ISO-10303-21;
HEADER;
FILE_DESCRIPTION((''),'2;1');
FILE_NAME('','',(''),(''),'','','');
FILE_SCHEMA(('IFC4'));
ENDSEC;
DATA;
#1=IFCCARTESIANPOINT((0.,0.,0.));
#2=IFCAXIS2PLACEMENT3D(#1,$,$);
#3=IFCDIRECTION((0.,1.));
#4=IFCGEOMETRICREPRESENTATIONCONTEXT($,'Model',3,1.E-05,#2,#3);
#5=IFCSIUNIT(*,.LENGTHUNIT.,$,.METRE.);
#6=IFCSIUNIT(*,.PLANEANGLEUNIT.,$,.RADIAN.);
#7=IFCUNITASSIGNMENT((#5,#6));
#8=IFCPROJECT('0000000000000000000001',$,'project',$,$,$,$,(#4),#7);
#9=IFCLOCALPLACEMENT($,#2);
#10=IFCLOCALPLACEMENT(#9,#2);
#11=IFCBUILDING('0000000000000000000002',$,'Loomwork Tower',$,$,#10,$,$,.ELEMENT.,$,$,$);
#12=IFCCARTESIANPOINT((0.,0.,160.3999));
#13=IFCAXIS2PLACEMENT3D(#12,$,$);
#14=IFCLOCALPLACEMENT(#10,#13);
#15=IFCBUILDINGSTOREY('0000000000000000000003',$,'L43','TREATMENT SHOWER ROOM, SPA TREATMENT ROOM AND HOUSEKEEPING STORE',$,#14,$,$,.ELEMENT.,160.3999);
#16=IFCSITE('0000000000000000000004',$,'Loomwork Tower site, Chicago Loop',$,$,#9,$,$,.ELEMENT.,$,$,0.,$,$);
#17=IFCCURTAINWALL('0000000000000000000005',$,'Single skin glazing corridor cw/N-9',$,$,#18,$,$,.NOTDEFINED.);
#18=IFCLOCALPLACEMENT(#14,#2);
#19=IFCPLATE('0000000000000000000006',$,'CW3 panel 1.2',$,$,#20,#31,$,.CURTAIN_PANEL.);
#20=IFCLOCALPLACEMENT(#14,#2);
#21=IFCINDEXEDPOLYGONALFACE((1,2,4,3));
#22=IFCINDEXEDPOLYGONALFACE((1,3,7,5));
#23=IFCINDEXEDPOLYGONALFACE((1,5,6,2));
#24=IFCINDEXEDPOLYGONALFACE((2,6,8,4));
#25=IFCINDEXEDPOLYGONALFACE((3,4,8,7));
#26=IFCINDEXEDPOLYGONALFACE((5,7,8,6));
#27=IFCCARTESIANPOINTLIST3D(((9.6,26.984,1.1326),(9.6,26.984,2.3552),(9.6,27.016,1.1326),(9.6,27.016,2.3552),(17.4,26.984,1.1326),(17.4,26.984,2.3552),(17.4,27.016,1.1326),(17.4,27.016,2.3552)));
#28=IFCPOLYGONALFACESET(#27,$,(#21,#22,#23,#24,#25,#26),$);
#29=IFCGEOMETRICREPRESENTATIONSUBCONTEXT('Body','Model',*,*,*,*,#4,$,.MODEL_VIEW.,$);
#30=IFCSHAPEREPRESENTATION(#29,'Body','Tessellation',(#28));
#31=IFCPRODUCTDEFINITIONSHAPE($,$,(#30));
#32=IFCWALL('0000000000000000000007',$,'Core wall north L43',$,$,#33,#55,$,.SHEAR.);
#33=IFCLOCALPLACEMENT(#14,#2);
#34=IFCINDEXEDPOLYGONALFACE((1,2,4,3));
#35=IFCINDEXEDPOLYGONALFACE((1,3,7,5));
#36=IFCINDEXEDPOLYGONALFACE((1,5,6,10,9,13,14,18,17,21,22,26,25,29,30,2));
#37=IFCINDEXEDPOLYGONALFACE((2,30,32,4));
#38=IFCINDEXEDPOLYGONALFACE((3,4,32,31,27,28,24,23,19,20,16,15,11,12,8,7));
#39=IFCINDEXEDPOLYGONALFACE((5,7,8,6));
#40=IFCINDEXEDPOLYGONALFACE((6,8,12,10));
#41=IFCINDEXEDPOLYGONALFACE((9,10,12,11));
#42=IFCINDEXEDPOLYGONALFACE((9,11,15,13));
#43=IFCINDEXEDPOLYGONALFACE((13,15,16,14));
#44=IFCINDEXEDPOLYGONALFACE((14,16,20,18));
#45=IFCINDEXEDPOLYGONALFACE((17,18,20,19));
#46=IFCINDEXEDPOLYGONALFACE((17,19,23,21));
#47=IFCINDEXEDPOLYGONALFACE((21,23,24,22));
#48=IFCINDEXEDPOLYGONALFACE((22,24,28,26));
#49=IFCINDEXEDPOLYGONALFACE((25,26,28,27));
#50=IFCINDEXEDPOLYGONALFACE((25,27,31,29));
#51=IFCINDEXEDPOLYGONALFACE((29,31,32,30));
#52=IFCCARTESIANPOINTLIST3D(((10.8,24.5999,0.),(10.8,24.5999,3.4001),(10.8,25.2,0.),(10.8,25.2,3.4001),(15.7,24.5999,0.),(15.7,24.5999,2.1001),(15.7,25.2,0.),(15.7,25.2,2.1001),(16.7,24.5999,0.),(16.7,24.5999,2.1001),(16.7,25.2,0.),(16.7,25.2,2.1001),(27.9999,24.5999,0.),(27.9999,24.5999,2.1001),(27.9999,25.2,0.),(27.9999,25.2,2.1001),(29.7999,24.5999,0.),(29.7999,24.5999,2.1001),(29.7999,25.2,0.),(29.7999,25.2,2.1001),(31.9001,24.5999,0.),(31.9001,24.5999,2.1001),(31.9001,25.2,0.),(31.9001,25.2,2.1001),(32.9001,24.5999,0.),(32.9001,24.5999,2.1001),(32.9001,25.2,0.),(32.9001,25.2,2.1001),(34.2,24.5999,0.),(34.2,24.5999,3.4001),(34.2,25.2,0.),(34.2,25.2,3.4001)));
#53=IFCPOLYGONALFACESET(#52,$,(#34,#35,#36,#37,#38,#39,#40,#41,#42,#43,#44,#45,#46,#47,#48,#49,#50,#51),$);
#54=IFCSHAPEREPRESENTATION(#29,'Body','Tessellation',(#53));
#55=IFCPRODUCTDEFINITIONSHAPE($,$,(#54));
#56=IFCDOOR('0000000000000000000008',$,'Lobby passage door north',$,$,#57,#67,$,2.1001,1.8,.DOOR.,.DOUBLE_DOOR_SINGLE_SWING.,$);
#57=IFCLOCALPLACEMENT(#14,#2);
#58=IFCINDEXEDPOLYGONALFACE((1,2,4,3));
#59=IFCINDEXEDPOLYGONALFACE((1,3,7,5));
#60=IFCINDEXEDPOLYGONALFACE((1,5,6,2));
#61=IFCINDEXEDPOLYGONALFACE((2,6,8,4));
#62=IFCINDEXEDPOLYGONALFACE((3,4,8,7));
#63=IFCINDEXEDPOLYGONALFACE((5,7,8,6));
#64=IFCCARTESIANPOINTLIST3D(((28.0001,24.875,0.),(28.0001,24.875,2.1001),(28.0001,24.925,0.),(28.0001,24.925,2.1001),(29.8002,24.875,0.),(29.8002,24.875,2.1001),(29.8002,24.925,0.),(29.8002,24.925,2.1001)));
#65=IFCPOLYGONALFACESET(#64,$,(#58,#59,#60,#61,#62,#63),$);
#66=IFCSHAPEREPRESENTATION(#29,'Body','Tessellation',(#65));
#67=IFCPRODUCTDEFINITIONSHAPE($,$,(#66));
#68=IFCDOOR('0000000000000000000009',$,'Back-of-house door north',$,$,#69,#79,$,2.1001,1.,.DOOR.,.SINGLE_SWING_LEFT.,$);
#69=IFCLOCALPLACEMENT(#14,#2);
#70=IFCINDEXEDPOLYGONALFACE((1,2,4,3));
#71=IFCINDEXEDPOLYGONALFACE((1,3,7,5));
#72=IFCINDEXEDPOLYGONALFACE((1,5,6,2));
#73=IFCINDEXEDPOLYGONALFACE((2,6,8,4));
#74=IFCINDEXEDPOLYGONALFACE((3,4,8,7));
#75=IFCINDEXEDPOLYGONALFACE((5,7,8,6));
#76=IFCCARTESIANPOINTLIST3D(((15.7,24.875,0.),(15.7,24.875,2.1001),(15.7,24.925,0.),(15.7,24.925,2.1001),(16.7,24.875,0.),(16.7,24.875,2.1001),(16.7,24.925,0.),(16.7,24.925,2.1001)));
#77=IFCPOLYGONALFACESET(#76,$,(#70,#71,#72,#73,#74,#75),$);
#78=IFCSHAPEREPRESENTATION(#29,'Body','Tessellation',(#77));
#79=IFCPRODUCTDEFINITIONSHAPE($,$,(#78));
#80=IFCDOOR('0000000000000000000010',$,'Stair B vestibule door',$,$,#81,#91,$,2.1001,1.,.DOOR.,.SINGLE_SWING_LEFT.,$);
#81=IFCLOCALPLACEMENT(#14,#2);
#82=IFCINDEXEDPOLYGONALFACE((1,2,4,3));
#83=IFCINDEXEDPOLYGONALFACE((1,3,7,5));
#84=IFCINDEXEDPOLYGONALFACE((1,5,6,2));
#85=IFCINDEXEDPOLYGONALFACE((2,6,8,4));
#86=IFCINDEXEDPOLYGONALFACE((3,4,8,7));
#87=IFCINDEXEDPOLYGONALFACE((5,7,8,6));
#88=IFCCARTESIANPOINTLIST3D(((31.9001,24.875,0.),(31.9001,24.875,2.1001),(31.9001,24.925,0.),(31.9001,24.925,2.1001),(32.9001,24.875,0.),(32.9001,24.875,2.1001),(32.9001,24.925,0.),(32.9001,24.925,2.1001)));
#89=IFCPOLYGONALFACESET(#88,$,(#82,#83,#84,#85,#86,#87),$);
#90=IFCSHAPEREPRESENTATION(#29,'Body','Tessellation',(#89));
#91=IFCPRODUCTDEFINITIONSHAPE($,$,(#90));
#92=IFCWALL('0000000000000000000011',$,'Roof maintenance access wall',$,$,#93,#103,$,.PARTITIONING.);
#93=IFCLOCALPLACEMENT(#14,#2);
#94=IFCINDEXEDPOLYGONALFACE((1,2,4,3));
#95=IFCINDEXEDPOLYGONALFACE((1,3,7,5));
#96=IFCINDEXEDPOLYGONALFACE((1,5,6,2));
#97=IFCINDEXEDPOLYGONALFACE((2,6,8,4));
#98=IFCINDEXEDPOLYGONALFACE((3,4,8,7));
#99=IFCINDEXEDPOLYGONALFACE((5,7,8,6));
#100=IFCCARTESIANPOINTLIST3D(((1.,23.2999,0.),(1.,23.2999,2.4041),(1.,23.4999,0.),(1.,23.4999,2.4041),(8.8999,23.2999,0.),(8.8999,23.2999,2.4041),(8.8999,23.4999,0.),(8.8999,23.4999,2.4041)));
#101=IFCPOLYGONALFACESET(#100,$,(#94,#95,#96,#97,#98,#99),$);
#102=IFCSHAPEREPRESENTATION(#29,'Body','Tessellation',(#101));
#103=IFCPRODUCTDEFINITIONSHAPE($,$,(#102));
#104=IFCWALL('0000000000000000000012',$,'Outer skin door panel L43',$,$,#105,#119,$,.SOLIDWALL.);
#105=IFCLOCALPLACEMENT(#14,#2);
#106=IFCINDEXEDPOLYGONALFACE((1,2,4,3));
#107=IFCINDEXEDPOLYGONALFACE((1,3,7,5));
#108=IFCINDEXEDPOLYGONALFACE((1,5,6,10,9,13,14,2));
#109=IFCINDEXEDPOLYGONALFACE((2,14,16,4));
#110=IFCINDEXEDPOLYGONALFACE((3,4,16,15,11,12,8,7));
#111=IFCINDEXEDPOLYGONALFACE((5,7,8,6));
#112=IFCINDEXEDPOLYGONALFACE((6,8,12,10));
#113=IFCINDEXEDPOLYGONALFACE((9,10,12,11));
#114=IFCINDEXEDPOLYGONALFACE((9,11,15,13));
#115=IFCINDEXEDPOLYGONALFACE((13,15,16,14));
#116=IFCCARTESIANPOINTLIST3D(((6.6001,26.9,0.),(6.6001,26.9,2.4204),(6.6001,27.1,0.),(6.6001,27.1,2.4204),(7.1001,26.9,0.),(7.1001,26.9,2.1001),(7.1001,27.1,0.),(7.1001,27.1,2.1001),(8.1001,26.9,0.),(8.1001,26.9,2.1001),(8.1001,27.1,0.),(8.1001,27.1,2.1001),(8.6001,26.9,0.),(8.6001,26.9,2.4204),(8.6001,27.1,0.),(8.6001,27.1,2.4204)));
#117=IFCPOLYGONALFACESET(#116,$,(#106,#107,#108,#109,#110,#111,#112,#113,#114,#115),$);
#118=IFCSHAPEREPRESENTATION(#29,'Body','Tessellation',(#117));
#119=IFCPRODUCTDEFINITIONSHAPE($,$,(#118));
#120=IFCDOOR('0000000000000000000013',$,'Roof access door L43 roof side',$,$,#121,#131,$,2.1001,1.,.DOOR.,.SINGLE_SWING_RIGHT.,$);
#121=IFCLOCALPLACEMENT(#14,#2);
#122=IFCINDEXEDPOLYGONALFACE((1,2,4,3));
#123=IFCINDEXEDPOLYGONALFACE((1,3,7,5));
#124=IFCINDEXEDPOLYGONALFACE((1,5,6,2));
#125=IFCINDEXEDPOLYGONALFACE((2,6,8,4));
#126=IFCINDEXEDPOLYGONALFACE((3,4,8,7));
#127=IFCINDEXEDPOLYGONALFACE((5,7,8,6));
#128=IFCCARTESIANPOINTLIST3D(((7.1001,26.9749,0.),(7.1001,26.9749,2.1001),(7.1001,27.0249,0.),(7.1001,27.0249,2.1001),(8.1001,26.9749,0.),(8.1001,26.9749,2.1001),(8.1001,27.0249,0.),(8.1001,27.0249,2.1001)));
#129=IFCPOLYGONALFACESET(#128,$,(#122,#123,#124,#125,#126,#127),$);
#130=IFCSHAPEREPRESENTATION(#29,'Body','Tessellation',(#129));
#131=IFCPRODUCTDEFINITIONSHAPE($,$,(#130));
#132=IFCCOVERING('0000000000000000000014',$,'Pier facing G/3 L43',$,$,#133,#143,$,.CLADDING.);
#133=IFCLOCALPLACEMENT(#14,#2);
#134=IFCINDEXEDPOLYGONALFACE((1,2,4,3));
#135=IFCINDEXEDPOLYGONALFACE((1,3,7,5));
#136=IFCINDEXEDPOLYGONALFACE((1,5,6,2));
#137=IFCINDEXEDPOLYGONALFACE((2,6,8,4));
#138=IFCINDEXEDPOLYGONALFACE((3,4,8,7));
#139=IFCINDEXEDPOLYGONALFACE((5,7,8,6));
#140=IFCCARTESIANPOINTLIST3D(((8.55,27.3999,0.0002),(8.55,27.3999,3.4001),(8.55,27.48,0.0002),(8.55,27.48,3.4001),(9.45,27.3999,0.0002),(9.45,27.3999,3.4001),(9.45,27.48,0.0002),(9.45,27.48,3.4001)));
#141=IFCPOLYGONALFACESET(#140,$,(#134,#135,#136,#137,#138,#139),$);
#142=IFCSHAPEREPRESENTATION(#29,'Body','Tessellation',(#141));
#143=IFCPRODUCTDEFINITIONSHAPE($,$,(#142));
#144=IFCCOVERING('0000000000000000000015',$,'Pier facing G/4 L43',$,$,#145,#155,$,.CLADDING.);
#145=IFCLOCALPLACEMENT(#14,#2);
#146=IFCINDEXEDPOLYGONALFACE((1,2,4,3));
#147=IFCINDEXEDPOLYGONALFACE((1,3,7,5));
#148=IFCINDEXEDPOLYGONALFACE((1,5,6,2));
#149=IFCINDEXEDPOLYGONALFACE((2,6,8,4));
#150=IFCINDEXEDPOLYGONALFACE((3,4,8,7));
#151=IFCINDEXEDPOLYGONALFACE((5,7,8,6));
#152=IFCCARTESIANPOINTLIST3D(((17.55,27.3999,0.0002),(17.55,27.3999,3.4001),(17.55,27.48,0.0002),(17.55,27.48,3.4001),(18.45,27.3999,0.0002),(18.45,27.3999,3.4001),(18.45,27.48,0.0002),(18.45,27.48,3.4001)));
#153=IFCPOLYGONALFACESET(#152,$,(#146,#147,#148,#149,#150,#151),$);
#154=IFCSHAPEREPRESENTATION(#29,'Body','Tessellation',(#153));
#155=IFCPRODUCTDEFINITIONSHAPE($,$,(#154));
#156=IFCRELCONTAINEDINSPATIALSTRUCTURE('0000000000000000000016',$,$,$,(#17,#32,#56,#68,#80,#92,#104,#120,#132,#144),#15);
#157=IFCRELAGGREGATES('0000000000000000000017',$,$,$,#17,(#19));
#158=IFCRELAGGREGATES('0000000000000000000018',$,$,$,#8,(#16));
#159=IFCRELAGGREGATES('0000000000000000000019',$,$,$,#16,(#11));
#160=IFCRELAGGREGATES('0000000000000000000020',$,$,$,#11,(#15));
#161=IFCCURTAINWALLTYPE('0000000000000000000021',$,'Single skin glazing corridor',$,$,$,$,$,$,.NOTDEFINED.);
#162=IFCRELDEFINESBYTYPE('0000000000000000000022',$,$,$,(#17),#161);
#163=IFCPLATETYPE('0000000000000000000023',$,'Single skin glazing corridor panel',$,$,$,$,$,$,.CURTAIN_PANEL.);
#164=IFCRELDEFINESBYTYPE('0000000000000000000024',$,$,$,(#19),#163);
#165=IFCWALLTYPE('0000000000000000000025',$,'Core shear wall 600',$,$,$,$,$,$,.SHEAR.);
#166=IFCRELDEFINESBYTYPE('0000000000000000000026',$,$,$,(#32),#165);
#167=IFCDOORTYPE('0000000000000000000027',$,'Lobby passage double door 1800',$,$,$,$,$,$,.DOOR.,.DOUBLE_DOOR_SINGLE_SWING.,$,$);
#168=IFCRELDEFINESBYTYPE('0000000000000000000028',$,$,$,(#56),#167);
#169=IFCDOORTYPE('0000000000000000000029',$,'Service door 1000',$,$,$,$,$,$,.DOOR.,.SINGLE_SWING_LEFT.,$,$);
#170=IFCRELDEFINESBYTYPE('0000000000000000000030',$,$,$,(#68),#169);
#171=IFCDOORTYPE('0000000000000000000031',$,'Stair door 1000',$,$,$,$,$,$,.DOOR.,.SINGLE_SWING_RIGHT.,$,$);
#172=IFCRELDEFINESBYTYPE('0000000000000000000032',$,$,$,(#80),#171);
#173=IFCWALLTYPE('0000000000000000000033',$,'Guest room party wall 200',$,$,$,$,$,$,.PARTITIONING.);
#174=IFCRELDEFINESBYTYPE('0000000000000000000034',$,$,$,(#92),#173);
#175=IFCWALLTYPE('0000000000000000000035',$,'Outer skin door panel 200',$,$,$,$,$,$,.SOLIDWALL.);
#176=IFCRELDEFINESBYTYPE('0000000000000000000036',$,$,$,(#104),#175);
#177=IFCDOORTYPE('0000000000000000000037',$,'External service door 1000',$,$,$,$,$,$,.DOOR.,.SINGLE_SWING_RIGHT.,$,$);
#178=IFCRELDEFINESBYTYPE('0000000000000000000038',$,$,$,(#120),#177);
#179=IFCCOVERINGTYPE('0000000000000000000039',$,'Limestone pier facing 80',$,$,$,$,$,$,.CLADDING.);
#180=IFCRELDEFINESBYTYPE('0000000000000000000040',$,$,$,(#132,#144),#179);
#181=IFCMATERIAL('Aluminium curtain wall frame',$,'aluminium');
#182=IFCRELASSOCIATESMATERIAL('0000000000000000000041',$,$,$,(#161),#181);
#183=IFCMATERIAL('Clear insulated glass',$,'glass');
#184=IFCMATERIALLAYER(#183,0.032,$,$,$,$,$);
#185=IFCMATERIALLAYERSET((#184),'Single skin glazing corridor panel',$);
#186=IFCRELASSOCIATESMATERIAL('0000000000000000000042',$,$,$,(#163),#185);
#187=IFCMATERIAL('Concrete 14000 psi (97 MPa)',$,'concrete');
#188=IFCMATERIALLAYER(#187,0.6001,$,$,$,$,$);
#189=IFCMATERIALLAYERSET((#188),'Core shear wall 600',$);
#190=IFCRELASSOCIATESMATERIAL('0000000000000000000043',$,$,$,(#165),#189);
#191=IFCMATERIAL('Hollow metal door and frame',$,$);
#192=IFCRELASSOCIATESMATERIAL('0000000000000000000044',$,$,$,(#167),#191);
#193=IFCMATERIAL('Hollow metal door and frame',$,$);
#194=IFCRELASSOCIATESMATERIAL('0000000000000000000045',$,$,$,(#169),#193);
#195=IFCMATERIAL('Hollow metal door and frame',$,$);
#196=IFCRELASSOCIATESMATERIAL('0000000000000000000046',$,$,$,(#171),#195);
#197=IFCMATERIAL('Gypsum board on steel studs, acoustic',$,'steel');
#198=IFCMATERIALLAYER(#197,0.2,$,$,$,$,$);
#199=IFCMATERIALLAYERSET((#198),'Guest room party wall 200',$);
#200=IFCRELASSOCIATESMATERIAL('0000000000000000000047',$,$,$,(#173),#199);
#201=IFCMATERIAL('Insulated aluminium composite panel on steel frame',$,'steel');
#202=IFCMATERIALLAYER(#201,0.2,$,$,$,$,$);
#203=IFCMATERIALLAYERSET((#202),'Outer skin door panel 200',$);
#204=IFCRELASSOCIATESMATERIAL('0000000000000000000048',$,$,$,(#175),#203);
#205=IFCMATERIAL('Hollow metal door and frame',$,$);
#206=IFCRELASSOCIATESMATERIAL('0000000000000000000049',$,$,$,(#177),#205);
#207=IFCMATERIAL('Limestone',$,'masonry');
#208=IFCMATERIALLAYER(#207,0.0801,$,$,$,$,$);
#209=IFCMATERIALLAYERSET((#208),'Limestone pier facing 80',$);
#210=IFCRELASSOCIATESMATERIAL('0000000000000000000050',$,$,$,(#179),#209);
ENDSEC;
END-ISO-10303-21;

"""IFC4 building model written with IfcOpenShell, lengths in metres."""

from ifc_helpers import new_model, si_unit, direction, frame, frame_2d, origin, origin_2d, place, context, subcontext, project, spatial, rectangle, extrude, material, layer, layer_set, type_object, element, fill, aggregate, save


model = new_model("IFC4")

# Units and contexts
model_context = context("Model", 3, precision=1e-05, world=origin(), true_north=direction((0.0, 1.0)))
body_context = subcontext(model_context, "Body", "Model", "MODEL_VIEW")
ifc_project = project(units=[si_unit("LENGTHUNIT", "METRE"), si_unit("PLANEANGLEUNIT", "RADIAN")], contexts=[model_context])

# Site, building, storey
site_placement = place(None, origin())
site = spatial("IfcSite", under=ifc_project, at=site_placement, Name="Loomwork Tower site, Chicago Loop", CompositionType="ELEMENT", RefElevation=0.0)
building_placement = place(site_placement, origin())
building = spatial("IfcBuilding", under=site, at=building_placement, Name="Loomwork Tower", CompositionType="ELEMENT")
storey_placement = place(building_placement, frame((0.0, 0.0, 160.3999)))
storey = spatial("IfcBuildingStorey", under=building, at=storey_placement, Name="L43", Description="TREATMENT SHOWER ROOM, SPA TREATMENT ROOM AND HOUSEKEEPING STORE", CompositionType="ELEMENT", Elevation=160.3999)

# Shared definitions
ifc_material_1 = material(Name="Aluminium curtain wall frame", Category="aluminium")
curtain_wall_type = type_object("IfcCurtainWallType", Name="Single skin glazing corridor", PredefinedType="NOTDEFINED", material=ifc_material_1)

# Curtain wall
curtain_wall_1_placement = place(storey_placement, origin())
curtain_wall_1 = element("IfcCurtainWall", 1, at=curtain_wall_1_placement, inside=storey, type_object=curtain_wall_type, Name="Single skin glazing corridor cw/N-9", PredefinedType="NOTDEFINED")

# Plate
ifc_material_2 = material(Name="Clear insulated glass", Category="glass")
ifc_layer_1 = layer(ifc_material_2, 0.032)
ifc_layer_set_1 = layer_set([ifc_layer_1], Name="Single skin glazing corridor panel")
plate_type = type_object("IfcPlateType", Name="Single skin glazing corridor panel", PredefinedType="CURTAIN_PANEL", material=ifc_layer_set_1)
plate_1_placement = place(storey_placement, frame((13.5, 27.0, 1.1326), z_axis=(0.0, 0.0, 1.0), x_axis=(-1.0, 0.0, 0.0)))
plate_1 = element("IfcPlate", 2, at=plate_1_placement, type_object=plate_type, Name="CW3 panel 1.2", PredefinedType="CURTAIN_PANEL", context=body_context, shape_type="SweptSolid", body=[
    extrude(rectangle(XDim=7.8, YDim=0.032, at=origin_2d()), origin(), (0.0, 0.0, 1.0), 1.2227),
])
aggregate(curtain_wall_1, [plate_1])

# Wall, openings, doors
ifc_material_3 = material(Name="Concrete 14000 psi (97 MPa)", Category="concrete")
ifc_layer_2 = layer(ifc_material_3, 0.6001)
ifc_layer_set_2 = layer_set([ifc_layer_2], Name="Core shear wall 600")
wall_type_1 = type_object("IfcWallType", Name="Core shear wall 600", PredefinedType="SHEAR", material=ifc_layer_set_2)
wall_1_placement = place(storey_placement, frame((10.8, 24.8999, 0.0), z_axis=(0.0, 0.0, 1.0), x_axis=(1.0, 0.0, 0.0)))
wall_1 = element("IfcWall", 3, at=wall_1_placement, inside=storey, type_object=wall_type_1, Name="Core wall north L43", PredefinedType="SHEAR", context=body_context, shape_type="SweptSolid", body=[
    extrude(rectangle(XDim=23.3999, YDim=0.6001, at=frame_2d((11.7, 0.0))), origin(), (0.0, 0.0, 1.0), 3.4001),
])
opening_1_placement = place(wall_1_placement, frame((17.2, 0.0, 0.0)))
opening_1 = element("IfcOpeningElement", 4, at=opening_1_placement, cuts=wall_1, PredefinedType="OPENING", context=body_context, shape_type="SweptSolid", body=[
    extrude(rectangle(XDim=1.8, YDim=2.1001, at=frame_2d((0.8999, 1.05))), frame((0.0, 0.3101, 0.0), z_axis=(0.0, -1.0, 0.0), x_axis=(1.0, 0.0, 0.0)), (0.0, 0.0, 1.0), 0.6201),
])
opening_2_placement = place(wall_1_placement, frame((21.1001, 0.0, 0.0)))
opening_2 = element("IfcOpeningElement", 5, at=opening_2_placement, cuts=wall_1, PredefinedType="OPENING", context=body_context, shape_type="SweptSolid", body=[
    extrude(rectangle(XDim=1.0, YDim=2.1001, at=frame_2d((0.5, 1.05))), frame((0.0, 0.3101, 0.0), z_axis=(0.0, -1.0, 0.0), x_axis=(1.0, 0.0, 0.0)), (0.0, 0.0, 1.0), 0.6201),
])
opening_3_placement = place(wall_1_placement, frame((4.8999, 0.0, 0.0)))
opening_3 = element("IfcOpeningElement", 6, at=opening_3_placement, cuts=wall_1, PredefinedType="OPENING", context=body_context, shape_type="SweptSolid", body=[
    extrude(rectangle(XDim=1.0, YDim=2.1001, at=frame_2d((0.5, 1.05))), frame((0.0, 0.3101, 0.0), z_axis=(0.0, -1.0, 0.0), x_axis=(1.0, 0.0, 0.0)), (0.0, 0.0, 1.0), 0.6201),
])
ifc_material_4 = material(Name="Hollow metal door and frame")
door_type_1 = type_object("IfcDoorType", Name="Lobby passage double door 1800", OperationType="DOUBLE_DOOR_SINGLE_SWING", PredefinedType="DOOR", material=ifc_material_4)
door_1_placement = place(opening_1_placement, frame((1.8, 0.0, 0.0), z_axis=(0.0, 0.0, 1.0), x_axis=(-1.0, 0.0, 0.0)))
door_1 = element("IfcDoor", 7, at=door_1_placement, inside=storey, type_object=door_type_1, Name="Lobby passage door north", OperationType="DOUBLE_DOOR_SINGLE_SWING", OverallHeight=2.1001, OverallWidth=1.8, PredefinedType="DOOR", context=body_context, shape_type="SweptSolid", body=[
    extrude(rectangle(XDim=1.8, YDim=2.1001, at=frame_2d((0.8999, 1.05))), frame((0.0, 0.0249, 0.0), z_axis=(0.0, -1.0, 0.0), x_axis=(1.0, 0.0, 0.0)), (0.0, 0.0, 1.0), 0.05),
])
fill(opening_1, door_1)
ifc_material_5 = material(Name="Hollow metal door and frame")
door_type_2 = type_object("IfcDoorType", Name="Service door 1000", OperationType="SINGLE_SWING_LEFT", PredefinedType="DOOR", material=ifc_material_5)
door_2_placement = place(opening_3_placement, frame((1.0, 0.0, 0.0), z_axis=(0.0, 0.0, 1.0), x_axis=(-1.0, 0.0, 0.0)))
door_2 = element("IfcDoor", 8, at=door_2_placement, inside=storey, type_object=door_type_2, Name="Back-of-house door north", OperationType="SINGLE_SWING_LEFT", OverallHeight=2.1001, OverallWidth=1.0, PredefinedType="DOOR", context=body_context, shape_type="SweptSolid", body=[
    extrude(rectangle(XDim=1.0, YDim=2.1001, at=frame_2d((0.5, 1.05))), frame((0.0, 0.0249, 0.0), z_axis=(0.0, -1.0, 0.0), x_axis=(1.0, 0.0, 0.0)), (0.0, 0.0, 1.0), 0.05),
])
fill(opening_3, door_2)
ifc_material_6 = material(Name="Hollow metal door and frame")
door_type_3 = type_object("IfcDoorType", Name="Stair door 1000", OperationType="SINGLE_SWING_RIGHT", PredefinedType="DOOR", material=ifc_material_6)
door_3_placement = place(opening_2_placement, frame((1.0, 0.0, 0.0), z_axis=(0.0, 0.0, 1.0), x_axis=(-1.0, 0.0, 0.0)))
door_3 = element("IfcDoor", 9, at=door_3_placement, inside=storey, type_object=door_type_3, Name="Stair B vestibule door", OperationType="SINGLE_SWING_LEFT", OverallHeight=2.1001, OverallWidth=1.0, PredefinedType="DOOR", context=body_context, shape_type="SweptSolid", body=[
    extrude(rectangle(XDim=1.0, YDim=2.1001, at=frame_2d((0.5, 1.05))), frame((0.0, 0.0249, 0.0), z_axis=(0.0, -1.0, 0.0), x_axis=(1.0, 0.0, 0.0)), (0.0, 0.0, 1.0), 0.05),
])
fill(opening_2, door_3)

# Wall
ifc_material_7 = material(Name="Gypsum board on steel studs, acoustic", Category="steel")
ifc_layer_3 = layer(ifc_material_7, 0.2)
ifc_layer_set_3 = layer_set([ifc_layer_3], Name="Guest room party wall 200")
wall_type_2 = type_object("IfcWallType", Name="Guest room party wall 200", PredefinedType="PARTITIONING", material=ifc_layer_set_3)
wall_2_placement = place(storey_placement, frame((8.8999, 23.3999, 0.0), z_axis=(0.0, 0.0, 1.0), x_axis=(-1.0, 0.0, 0.0)))
element("IfcWall", 10, at=wall_2_placement, inside=storey, type_object=wall_type_2, Name="Roof maintenance access wall", PredefinedType="PARTITIONING", context=body_context, shape_type="SweptSolid", body=[
    extrude(rectangle(XDim=7.8999, YDim=0.2, at=frame_2d((3.95, 0.0))), origin(), (0.0, 0.0, 1.0), 2.4041),
])

# Wall, opening, door
ifc_material_8 = material(Name="Insulated aluminium composite panel on steel frame", Category="steel")
ifc_layer_4 = layer(ifc_material_8, 0.2)
ifc_layer_set_4 = layer_set([ifc_layer_4], Name="Outer skin door panel 200")
wall_type_3 = type_object("IfcWallType", Name="Outer skin door panel 200", PredefinedType="SOLIDWALL", material=ifc_layer_set_4)
wall_3_placement = place(storey_placement, frame((6.6001, 27.0, 0.0), z_axis=(0.0, 0.0, 1.0), x_axis=(1.0, 0.0, 0.0)))
wall_3 = element("IfcWall", 11, at=wall_3_placement, inside=storey, type_object=wall_type_3, Name="Outer skin door panel L43", PredefinedType="SOLIDWALL", context=body_context, shape_type="SweptSolid", body=[
    extrude(rectangle(XDim=2.0, YDim=0.2, at=frame_2d((1.0, 0.0))), origin(), (0.0, 0.0, 1.0), 2.4204),
])
opening_4_placement = place(wall_3_placement, frame((0.5, 0.0, 0.0)))
opening_4 = element("IfcOpeningElement", 12, at=opening_4_placement, cuts=wall_3, PredefinedType="OPENING", context=body_context, shape_type="SweptSolid", body=[
    extrude(rectangle(XDim=1.0, YDim=2.1001, at=frame_2d((0.5, 1.05))), frame((0.0, 0.1099, 0.0), z_axis=(0.0, -1.0, 0.0), x_axis=(1.0, 0.0, 0.0)), (0.0, 0.0, 1.0), 0.22),
])
ifc_material_9 = material(Name="Hollow metal door and frame")
door_type_4 = type_object("IfcDoorType", Name="External service door 1000", OperationType="SINGLE_SWING_RIGHT", PredefinedType="DOOR", material=ifc_material_9)
door_4_placement = place(opening_4_placement, origin())
door_4 = element("IfcDoor", 13, at=door_4_placement, inside=storey, type_object=door_type_4, Name="Roof access door L43 roof side", OperationType="SINGLE_SWING_RIGHT", OverallHeight=2.1001, OverallWidth=1.0, PredefinedType="DOOR", context=body_context, shape_type="SweptSolid", body=[
    extrude(rectangle(XDim=1.0, YDim=2.1001, at=frame_2d((0.5, 1.05))), frame((0.0, 0.0249, 0.0), z_axis=(0.0, -1.0, 0.0), x_axis=(1.0, 0.0, 0.0)), (0.0, 0.0, 1.0), 0.05),
])
fill(opening_4, door_4)

# Coverings
ifc_material_10 = material(Name="Limestone", Category="masonry")
ifc_layer_5 = layer(ifc_material_10, 0.0801)
ifc_layer_set_5 = layer_set([ifc_layer_5], Name="Limestone pier facing 80")
covering_type = type_object("IfcCoveringType", Name="Limestone pier facing 80", PredefinedType="CLADDING", material=ifc_layer_set_5)
for number, where, z_axis, x_axis, name in (
    (14, (9.0, 27.4399, 0.0002), (0.0, 0.0, 1.0), (1.0, 0.0, 0.0), "Pier facing G/3 L43"),
    (15, (18.0, 27.4399, 0.0002), (0.0, 0.0, 1.0), (1.0, 0.0, 0.0), "Pier facing G/4 L43"),
):
    element("IfcCovering", number, at=place(storey_placement, frame(where, z_axis=z_axis, x_axis=x_axis)), inside=storey, type_object=covering_type, Name=name, PredefinedType="CLADDING", context=body_context, shape_type="SweptSolid", body=[
        extrude(rectangle(XDim=0.8999, YDim=0.0801, at=origin_2d()), origin(), (0.0, 0.0, 1.0), 3.3999),
    ])

save(model, "model.ifc")
